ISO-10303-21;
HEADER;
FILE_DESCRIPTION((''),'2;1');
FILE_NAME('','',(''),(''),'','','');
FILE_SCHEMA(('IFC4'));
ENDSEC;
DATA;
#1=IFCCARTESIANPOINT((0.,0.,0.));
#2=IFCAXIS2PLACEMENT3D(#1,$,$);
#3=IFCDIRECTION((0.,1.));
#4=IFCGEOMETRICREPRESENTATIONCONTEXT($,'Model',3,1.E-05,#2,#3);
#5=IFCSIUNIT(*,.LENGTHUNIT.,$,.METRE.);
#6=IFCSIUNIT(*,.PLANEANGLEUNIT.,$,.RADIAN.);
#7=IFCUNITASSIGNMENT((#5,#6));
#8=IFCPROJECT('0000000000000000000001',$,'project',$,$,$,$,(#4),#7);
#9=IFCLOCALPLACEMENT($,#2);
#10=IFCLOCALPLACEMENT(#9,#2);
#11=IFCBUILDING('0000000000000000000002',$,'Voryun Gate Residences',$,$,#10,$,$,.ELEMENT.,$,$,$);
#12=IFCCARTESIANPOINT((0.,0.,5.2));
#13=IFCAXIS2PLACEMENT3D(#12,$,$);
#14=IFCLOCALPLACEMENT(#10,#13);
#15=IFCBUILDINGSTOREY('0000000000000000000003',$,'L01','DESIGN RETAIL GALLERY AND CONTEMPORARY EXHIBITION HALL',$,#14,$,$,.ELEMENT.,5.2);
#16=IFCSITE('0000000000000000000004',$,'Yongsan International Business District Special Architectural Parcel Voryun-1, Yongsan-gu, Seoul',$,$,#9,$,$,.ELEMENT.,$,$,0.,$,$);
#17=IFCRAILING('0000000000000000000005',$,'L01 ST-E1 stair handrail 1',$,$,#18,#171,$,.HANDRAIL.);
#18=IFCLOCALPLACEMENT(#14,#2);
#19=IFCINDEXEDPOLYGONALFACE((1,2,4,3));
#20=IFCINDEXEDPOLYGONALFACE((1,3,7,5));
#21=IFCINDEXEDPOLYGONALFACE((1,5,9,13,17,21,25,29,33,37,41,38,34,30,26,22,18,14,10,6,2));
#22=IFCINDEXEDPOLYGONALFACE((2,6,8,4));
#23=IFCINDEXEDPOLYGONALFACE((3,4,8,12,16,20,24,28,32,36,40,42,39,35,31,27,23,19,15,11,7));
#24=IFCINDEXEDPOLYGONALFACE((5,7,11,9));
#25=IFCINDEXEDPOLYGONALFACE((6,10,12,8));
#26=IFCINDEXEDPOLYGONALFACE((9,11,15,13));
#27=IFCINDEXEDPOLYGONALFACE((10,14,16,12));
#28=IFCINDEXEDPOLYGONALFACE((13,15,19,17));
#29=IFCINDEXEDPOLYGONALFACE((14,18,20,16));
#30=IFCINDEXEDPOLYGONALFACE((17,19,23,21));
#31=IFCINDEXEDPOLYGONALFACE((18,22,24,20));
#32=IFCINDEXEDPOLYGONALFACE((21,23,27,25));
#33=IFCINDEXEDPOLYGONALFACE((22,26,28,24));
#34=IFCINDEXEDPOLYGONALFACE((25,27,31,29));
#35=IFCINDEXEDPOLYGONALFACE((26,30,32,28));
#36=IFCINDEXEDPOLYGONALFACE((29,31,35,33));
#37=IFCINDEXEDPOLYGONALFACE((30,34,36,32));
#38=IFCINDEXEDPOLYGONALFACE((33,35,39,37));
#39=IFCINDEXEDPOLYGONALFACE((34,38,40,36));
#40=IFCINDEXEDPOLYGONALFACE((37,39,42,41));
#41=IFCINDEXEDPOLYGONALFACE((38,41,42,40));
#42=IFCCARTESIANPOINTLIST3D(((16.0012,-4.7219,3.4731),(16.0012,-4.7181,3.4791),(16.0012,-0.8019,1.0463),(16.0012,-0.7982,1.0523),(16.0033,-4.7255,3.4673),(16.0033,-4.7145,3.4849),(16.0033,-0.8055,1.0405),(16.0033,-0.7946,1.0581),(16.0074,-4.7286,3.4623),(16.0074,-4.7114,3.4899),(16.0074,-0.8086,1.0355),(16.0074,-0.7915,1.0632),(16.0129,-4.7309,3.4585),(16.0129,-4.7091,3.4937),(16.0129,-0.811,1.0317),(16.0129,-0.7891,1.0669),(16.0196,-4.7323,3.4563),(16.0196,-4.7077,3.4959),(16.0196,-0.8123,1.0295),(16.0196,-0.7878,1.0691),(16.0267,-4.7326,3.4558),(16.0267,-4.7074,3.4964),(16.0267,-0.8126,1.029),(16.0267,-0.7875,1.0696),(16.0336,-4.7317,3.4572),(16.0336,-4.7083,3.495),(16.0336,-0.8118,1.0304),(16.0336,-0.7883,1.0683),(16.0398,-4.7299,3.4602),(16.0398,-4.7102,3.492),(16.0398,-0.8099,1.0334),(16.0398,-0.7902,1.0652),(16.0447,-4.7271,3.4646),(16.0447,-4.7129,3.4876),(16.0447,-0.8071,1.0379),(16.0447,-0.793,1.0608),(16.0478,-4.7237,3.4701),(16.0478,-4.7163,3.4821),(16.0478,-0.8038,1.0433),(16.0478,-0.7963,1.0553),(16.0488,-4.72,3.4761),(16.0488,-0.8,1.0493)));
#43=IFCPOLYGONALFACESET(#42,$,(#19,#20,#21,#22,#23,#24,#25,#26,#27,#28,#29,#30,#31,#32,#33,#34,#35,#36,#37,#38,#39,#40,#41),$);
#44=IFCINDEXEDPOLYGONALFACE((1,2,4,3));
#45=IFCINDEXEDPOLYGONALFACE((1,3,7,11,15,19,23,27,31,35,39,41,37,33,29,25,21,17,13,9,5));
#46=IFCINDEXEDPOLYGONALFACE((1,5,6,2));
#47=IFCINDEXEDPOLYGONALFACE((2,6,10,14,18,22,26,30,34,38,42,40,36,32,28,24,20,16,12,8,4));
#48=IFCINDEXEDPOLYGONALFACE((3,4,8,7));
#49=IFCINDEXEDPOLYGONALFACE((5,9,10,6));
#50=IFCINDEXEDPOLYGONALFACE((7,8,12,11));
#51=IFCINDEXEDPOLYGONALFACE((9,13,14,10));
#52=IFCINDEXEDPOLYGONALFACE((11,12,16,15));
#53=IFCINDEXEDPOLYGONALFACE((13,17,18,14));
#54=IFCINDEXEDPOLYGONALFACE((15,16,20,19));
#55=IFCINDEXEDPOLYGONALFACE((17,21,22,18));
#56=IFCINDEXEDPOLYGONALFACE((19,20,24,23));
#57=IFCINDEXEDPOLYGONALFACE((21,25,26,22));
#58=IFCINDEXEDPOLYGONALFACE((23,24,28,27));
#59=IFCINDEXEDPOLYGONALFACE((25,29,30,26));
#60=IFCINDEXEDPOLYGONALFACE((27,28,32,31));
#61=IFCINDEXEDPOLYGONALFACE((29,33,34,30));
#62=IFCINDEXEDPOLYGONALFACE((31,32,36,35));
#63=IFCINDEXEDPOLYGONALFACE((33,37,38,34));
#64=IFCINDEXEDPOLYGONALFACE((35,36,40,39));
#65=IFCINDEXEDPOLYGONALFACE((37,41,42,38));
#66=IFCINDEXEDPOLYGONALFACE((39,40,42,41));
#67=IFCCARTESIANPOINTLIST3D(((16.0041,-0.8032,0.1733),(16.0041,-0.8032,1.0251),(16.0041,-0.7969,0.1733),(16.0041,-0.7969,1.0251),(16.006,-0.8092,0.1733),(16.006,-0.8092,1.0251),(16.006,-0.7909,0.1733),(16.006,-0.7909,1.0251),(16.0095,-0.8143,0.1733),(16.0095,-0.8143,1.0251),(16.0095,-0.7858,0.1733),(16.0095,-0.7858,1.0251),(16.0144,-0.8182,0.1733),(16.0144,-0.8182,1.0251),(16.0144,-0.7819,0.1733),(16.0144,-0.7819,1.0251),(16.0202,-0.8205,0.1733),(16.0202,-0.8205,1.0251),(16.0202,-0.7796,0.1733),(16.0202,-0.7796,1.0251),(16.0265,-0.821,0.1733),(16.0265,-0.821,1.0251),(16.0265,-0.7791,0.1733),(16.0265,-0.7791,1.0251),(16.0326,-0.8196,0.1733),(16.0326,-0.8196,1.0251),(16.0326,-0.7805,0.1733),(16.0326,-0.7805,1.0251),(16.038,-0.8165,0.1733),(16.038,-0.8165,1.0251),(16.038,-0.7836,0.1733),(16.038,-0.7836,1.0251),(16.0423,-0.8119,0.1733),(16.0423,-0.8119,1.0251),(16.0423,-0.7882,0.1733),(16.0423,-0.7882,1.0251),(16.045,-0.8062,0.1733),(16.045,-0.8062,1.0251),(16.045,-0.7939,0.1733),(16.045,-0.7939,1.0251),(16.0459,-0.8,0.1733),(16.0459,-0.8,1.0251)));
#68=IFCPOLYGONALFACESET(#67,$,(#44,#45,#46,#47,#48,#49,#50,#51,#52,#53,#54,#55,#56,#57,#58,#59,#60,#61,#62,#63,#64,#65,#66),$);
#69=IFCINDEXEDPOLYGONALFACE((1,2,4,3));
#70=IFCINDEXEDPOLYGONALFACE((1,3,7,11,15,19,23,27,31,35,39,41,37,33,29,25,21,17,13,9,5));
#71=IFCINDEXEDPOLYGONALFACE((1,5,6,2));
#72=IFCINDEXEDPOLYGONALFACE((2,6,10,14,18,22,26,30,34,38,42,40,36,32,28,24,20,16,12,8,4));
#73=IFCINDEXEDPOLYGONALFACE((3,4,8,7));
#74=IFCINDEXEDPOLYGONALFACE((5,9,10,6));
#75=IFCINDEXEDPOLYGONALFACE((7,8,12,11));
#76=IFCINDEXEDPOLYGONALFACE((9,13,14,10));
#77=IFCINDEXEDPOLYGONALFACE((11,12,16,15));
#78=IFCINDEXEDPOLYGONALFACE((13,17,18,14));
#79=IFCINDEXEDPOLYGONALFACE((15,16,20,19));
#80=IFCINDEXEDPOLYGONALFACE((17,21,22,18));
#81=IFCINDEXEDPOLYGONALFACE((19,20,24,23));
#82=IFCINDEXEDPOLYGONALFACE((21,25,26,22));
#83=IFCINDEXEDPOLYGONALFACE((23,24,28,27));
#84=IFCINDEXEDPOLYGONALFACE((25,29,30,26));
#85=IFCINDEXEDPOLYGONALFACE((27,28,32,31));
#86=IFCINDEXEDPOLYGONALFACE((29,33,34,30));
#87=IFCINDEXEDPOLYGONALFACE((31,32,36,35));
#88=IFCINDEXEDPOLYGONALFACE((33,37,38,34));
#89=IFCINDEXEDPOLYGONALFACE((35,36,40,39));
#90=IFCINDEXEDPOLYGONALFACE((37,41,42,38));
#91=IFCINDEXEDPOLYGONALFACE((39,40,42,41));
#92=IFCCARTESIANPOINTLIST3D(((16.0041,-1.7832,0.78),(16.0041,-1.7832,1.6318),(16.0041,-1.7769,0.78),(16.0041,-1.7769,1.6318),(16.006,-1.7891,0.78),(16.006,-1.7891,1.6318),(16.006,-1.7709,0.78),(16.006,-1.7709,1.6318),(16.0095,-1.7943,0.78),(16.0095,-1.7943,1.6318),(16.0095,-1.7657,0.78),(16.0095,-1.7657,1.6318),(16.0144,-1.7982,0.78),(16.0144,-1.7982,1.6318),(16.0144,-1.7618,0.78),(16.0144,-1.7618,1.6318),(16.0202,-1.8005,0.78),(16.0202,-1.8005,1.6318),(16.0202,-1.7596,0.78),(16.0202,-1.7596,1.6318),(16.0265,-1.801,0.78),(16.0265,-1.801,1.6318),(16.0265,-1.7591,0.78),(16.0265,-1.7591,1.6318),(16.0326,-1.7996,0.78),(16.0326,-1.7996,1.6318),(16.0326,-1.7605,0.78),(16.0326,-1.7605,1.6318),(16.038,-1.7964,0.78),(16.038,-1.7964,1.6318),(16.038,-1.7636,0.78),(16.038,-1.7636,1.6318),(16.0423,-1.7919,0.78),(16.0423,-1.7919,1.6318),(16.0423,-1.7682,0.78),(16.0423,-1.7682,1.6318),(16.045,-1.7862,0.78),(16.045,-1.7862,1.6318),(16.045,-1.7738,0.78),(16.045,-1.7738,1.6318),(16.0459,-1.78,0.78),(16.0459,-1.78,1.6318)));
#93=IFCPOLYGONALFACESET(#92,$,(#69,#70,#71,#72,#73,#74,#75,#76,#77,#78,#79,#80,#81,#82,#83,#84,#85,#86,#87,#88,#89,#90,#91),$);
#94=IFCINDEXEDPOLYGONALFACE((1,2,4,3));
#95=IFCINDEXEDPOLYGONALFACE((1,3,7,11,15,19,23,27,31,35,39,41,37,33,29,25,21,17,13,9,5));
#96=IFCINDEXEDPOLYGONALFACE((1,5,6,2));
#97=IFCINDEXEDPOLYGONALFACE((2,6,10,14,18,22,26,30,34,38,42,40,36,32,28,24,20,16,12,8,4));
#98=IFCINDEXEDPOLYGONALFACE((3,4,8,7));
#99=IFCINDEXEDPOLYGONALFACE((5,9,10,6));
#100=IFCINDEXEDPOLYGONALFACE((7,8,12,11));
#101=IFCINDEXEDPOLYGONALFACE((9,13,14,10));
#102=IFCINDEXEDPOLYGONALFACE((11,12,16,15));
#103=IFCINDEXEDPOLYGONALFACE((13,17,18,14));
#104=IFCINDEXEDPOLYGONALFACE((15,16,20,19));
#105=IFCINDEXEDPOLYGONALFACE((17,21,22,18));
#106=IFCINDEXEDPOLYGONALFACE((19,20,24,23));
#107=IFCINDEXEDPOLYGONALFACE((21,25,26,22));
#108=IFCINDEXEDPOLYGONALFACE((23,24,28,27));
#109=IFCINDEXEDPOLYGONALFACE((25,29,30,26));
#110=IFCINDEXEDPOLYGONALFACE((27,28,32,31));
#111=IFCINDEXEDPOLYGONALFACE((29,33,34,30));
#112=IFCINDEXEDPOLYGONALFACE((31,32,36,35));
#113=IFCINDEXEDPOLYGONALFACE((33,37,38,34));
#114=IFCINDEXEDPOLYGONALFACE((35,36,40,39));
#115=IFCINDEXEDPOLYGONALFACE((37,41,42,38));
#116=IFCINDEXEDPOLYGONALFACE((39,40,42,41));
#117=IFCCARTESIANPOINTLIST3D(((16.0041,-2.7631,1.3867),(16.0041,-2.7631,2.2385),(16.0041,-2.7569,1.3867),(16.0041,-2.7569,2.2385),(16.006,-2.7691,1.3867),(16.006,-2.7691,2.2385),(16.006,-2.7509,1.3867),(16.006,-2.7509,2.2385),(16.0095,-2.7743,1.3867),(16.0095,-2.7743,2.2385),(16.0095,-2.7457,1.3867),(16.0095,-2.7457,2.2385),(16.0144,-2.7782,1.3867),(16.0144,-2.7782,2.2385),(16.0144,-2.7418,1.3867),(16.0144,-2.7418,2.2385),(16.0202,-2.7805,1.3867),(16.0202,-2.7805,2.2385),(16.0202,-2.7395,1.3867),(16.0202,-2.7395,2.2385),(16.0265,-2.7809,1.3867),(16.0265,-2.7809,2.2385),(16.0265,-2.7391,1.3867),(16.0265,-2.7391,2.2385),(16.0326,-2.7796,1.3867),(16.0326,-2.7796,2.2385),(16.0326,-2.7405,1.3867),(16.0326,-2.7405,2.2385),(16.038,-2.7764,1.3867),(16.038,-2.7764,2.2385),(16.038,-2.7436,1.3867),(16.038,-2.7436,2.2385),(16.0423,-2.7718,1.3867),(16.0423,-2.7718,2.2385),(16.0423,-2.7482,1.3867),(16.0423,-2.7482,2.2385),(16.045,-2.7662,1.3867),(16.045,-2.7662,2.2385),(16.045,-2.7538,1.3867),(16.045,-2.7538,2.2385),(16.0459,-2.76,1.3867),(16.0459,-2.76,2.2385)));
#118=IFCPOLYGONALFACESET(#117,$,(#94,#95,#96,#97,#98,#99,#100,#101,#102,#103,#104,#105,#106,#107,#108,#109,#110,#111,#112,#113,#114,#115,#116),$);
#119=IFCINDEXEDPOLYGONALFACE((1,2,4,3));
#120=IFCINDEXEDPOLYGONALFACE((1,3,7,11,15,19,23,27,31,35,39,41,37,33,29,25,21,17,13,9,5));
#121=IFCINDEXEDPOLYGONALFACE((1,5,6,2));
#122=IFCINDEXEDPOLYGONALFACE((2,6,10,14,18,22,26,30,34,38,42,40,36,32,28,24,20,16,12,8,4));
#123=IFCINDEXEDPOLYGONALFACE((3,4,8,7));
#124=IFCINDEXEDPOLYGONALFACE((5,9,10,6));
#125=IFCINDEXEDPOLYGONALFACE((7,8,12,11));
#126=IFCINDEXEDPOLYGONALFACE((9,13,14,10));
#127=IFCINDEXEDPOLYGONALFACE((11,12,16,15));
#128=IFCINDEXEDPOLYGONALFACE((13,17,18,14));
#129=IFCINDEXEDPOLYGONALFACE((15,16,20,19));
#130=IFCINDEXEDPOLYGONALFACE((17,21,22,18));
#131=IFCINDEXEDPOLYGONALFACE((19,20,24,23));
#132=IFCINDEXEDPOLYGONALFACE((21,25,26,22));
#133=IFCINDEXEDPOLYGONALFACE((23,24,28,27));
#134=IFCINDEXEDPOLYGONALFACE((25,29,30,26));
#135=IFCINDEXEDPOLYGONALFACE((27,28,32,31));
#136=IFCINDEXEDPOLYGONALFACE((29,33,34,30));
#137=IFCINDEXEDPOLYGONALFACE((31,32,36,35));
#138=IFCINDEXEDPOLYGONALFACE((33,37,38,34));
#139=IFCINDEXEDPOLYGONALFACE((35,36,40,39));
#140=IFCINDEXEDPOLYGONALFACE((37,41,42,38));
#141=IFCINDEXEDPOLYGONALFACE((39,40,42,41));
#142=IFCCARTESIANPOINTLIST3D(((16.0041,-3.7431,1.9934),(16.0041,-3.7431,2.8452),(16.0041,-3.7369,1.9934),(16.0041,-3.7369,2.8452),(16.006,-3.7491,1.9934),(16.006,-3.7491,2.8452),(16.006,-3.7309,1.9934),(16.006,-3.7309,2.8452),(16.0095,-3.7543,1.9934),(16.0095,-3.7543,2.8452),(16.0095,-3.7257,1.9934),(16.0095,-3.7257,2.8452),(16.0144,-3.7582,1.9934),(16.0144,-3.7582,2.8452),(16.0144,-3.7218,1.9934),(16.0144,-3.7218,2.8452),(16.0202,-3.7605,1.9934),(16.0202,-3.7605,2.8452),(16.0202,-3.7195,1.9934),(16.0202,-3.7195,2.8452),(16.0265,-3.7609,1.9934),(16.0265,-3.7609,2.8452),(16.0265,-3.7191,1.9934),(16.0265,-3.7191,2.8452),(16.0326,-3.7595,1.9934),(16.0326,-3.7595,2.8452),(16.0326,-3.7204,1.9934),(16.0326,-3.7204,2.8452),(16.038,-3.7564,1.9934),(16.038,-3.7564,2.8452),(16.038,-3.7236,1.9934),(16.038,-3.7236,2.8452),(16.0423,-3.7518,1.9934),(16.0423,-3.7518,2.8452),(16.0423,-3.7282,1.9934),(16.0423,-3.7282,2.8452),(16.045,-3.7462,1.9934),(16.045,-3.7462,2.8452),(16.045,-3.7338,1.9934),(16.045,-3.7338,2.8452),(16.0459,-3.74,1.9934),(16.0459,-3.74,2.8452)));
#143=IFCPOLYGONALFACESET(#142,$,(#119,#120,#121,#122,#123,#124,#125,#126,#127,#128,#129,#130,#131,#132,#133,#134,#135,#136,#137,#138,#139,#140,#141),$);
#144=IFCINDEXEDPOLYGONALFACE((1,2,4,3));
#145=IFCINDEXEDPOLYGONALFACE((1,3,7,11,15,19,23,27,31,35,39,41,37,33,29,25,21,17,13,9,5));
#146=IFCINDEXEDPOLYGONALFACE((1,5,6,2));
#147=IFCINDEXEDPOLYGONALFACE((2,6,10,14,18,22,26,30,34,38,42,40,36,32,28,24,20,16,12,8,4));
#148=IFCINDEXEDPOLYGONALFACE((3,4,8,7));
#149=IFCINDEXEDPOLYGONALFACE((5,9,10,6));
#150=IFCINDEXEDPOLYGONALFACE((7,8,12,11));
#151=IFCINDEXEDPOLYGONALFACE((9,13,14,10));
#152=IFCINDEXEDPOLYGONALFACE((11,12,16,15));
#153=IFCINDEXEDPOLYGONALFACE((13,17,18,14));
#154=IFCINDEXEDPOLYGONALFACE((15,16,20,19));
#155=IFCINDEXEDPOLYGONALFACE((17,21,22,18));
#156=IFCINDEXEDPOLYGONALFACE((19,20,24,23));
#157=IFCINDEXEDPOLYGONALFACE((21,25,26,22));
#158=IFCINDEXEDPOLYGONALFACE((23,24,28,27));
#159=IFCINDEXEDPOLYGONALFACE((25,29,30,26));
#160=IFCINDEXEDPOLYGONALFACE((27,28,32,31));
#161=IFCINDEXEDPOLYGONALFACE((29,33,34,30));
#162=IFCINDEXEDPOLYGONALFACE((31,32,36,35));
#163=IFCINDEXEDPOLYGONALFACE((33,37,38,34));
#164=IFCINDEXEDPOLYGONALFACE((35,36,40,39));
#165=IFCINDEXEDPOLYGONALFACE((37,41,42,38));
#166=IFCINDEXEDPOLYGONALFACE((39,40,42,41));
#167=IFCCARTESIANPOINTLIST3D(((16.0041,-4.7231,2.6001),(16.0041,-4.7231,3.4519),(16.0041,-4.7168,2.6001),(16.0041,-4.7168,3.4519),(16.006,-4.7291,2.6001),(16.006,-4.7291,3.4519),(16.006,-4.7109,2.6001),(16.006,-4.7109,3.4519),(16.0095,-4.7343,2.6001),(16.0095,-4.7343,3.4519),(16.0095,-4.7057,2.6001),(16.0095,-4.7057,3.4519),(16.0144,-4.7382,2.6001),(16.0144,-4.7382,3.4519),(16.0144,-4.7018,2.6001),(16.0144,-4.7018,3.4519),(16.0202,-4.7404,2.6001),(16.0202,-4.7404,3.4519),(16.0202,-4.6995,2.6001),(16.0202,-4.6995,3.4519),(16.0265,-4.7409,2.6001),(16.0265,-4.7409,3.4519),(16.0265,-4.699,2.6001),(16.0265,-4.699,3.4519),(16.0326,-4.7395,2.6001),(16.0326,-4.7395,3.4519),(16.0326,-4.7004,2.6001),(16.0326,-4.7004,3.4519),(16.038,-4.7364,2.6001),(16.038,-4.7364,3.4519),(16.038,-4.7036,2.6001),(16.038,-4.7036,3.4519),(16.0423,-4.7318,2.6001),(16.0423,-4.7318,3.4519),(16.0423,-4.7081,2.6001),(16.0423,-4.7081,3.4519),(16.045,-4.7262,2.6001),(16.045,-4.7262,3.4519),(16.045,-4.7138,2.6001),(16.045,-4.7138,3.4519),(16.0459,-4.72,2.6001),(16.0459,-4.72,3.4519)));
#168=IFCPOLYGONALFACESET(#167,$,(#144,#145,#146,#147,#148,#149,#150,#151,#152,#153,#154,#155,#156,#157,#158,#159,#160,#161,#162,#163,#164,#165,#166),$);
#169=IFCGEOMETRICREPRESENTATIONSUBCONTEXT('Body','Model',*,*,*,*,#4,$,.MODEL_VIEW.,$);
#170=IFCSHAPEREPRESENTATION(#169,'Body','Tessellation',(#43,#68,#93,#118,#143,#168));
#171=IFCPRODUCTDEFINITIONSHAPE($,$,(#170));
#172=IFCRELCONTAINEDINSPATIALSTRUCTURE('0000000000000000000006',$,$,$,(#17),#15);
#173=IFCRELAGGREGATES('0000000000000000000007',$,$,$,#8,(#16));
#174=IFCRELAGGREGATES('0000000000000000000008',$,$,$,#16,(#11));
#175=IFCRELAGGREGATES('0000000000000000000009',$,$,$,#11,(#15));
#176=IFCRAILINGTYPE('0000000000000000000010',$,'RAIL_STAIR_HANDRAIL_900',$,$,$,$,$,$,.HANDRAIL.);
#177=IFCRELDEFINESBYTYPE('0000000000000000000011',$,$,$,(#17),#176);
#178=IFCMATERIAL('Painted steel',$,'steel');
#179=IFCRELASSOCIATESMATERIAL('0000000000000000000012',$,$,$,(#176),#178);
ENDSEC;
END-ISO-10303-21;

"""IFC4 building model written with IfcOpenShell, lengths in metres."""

from ifc_helpers import new_model, si_unit, direction, frame, origin, origin_2d, place, context, subcontext, project, spatial, circle, extrude, material, type_object, element, save


model = new_model("IFC4")

# Units and contexts
model_context = context("Model", 3, precision=1e-05, world=origin(), true_north=direction((0.0, 1.0)))
body_context = subcontext(model_context, "Body", "Model", "MODEL_VIEW")
ifc_project = project(units=[si_unit("LENGTHUNIT", "METRE"), si_unit("PLANEANGLEUNIT", "RADIAN")], contexts=[model_context])

# Site, building, storey
site_placement = place(None, origin())
site = spatial("IfcSite", under=ifc_project, at=site_placement, Name="Yongsan International Business District Special Architectural Parcel Voryun-1, Yongsan-gu, Seoul", CompositionType="ELEMENT", RefElevation=0.0)
building_placement = place(site_placement, origin())
building = spatial("IfcBuilding", under=site, at=building_placement, Name="Voryun Gate Residences", CompositionType="ELEMENT")
storey_placement = place(building_placement, frame((0.0, 0.0, 5.2)))
storey = spatial("IfcBuildingStorey", under=building, at=storey_placement, Name="L01", Description="DESIGN RETAIL GALLERY AND CONTEMPORARY EXHIBITION HALL", CompositionType="ELEMENT", Elevation=5.2)

# Railing
ifc_material_1 = material(Name="Painted steel", Category="steel")
railing_type_1 = type_object("IfcRailingType", Name="RAIL_STAIR_HANDRAIL_900", PredefinedType="HANDRAIL", material=ifc_material_1)
railing_1_placement = place(storey_placement, frame((16.0249, -0.8, 0.1733)))
element("IfcRailing", 1, at=railing_1_placement, inside=storey, type_object=railing_type_1, Name="L01 ST-E1 stair handrail 1", PredefinedType="HANDRAIL", context=body_context, shape_type="SweptSolid", body=[
    extrude(circle(Radius=0.0239, at=origin_2d()), frame((0.0, 0.0, 0.876), z_axis=(0.0, -0.850252, 0.526376), x_axis=(1.0, 0.0, 0.0)), (0.0, 0.0, 1.0), 4.6104),
    extrude(circle(Radius=0.021, at=origin_2d()), origin(), (0.0, 0.0, 1.0), 0.8518),
    extrude(circle(Radius=0.021, at=origin_2d()), frame((0.0, -0.98, 0.6067)), (0.0, 0.0, 1.0), 0.8518),
    extrude(circle(Radius=0.021, at=origin_2d()), frame((0.0, -1.96, 1.2134)), (0.0, 0.0, 1.0), 0.8518),
    extrude(circle(Radius=0.021, at=origin_2d()), frame((0.0, -2.9399, 1.8201)), (0.0, 0.0, 1.0), 0.8518),
    extrude(circle(Radius=0.021, at=origin_2d()), frame((0.0, -3.9199, 2.4268)), (0.0, 0.0, 1.0), 0.8518),
])

save(model, "model.ifc")
